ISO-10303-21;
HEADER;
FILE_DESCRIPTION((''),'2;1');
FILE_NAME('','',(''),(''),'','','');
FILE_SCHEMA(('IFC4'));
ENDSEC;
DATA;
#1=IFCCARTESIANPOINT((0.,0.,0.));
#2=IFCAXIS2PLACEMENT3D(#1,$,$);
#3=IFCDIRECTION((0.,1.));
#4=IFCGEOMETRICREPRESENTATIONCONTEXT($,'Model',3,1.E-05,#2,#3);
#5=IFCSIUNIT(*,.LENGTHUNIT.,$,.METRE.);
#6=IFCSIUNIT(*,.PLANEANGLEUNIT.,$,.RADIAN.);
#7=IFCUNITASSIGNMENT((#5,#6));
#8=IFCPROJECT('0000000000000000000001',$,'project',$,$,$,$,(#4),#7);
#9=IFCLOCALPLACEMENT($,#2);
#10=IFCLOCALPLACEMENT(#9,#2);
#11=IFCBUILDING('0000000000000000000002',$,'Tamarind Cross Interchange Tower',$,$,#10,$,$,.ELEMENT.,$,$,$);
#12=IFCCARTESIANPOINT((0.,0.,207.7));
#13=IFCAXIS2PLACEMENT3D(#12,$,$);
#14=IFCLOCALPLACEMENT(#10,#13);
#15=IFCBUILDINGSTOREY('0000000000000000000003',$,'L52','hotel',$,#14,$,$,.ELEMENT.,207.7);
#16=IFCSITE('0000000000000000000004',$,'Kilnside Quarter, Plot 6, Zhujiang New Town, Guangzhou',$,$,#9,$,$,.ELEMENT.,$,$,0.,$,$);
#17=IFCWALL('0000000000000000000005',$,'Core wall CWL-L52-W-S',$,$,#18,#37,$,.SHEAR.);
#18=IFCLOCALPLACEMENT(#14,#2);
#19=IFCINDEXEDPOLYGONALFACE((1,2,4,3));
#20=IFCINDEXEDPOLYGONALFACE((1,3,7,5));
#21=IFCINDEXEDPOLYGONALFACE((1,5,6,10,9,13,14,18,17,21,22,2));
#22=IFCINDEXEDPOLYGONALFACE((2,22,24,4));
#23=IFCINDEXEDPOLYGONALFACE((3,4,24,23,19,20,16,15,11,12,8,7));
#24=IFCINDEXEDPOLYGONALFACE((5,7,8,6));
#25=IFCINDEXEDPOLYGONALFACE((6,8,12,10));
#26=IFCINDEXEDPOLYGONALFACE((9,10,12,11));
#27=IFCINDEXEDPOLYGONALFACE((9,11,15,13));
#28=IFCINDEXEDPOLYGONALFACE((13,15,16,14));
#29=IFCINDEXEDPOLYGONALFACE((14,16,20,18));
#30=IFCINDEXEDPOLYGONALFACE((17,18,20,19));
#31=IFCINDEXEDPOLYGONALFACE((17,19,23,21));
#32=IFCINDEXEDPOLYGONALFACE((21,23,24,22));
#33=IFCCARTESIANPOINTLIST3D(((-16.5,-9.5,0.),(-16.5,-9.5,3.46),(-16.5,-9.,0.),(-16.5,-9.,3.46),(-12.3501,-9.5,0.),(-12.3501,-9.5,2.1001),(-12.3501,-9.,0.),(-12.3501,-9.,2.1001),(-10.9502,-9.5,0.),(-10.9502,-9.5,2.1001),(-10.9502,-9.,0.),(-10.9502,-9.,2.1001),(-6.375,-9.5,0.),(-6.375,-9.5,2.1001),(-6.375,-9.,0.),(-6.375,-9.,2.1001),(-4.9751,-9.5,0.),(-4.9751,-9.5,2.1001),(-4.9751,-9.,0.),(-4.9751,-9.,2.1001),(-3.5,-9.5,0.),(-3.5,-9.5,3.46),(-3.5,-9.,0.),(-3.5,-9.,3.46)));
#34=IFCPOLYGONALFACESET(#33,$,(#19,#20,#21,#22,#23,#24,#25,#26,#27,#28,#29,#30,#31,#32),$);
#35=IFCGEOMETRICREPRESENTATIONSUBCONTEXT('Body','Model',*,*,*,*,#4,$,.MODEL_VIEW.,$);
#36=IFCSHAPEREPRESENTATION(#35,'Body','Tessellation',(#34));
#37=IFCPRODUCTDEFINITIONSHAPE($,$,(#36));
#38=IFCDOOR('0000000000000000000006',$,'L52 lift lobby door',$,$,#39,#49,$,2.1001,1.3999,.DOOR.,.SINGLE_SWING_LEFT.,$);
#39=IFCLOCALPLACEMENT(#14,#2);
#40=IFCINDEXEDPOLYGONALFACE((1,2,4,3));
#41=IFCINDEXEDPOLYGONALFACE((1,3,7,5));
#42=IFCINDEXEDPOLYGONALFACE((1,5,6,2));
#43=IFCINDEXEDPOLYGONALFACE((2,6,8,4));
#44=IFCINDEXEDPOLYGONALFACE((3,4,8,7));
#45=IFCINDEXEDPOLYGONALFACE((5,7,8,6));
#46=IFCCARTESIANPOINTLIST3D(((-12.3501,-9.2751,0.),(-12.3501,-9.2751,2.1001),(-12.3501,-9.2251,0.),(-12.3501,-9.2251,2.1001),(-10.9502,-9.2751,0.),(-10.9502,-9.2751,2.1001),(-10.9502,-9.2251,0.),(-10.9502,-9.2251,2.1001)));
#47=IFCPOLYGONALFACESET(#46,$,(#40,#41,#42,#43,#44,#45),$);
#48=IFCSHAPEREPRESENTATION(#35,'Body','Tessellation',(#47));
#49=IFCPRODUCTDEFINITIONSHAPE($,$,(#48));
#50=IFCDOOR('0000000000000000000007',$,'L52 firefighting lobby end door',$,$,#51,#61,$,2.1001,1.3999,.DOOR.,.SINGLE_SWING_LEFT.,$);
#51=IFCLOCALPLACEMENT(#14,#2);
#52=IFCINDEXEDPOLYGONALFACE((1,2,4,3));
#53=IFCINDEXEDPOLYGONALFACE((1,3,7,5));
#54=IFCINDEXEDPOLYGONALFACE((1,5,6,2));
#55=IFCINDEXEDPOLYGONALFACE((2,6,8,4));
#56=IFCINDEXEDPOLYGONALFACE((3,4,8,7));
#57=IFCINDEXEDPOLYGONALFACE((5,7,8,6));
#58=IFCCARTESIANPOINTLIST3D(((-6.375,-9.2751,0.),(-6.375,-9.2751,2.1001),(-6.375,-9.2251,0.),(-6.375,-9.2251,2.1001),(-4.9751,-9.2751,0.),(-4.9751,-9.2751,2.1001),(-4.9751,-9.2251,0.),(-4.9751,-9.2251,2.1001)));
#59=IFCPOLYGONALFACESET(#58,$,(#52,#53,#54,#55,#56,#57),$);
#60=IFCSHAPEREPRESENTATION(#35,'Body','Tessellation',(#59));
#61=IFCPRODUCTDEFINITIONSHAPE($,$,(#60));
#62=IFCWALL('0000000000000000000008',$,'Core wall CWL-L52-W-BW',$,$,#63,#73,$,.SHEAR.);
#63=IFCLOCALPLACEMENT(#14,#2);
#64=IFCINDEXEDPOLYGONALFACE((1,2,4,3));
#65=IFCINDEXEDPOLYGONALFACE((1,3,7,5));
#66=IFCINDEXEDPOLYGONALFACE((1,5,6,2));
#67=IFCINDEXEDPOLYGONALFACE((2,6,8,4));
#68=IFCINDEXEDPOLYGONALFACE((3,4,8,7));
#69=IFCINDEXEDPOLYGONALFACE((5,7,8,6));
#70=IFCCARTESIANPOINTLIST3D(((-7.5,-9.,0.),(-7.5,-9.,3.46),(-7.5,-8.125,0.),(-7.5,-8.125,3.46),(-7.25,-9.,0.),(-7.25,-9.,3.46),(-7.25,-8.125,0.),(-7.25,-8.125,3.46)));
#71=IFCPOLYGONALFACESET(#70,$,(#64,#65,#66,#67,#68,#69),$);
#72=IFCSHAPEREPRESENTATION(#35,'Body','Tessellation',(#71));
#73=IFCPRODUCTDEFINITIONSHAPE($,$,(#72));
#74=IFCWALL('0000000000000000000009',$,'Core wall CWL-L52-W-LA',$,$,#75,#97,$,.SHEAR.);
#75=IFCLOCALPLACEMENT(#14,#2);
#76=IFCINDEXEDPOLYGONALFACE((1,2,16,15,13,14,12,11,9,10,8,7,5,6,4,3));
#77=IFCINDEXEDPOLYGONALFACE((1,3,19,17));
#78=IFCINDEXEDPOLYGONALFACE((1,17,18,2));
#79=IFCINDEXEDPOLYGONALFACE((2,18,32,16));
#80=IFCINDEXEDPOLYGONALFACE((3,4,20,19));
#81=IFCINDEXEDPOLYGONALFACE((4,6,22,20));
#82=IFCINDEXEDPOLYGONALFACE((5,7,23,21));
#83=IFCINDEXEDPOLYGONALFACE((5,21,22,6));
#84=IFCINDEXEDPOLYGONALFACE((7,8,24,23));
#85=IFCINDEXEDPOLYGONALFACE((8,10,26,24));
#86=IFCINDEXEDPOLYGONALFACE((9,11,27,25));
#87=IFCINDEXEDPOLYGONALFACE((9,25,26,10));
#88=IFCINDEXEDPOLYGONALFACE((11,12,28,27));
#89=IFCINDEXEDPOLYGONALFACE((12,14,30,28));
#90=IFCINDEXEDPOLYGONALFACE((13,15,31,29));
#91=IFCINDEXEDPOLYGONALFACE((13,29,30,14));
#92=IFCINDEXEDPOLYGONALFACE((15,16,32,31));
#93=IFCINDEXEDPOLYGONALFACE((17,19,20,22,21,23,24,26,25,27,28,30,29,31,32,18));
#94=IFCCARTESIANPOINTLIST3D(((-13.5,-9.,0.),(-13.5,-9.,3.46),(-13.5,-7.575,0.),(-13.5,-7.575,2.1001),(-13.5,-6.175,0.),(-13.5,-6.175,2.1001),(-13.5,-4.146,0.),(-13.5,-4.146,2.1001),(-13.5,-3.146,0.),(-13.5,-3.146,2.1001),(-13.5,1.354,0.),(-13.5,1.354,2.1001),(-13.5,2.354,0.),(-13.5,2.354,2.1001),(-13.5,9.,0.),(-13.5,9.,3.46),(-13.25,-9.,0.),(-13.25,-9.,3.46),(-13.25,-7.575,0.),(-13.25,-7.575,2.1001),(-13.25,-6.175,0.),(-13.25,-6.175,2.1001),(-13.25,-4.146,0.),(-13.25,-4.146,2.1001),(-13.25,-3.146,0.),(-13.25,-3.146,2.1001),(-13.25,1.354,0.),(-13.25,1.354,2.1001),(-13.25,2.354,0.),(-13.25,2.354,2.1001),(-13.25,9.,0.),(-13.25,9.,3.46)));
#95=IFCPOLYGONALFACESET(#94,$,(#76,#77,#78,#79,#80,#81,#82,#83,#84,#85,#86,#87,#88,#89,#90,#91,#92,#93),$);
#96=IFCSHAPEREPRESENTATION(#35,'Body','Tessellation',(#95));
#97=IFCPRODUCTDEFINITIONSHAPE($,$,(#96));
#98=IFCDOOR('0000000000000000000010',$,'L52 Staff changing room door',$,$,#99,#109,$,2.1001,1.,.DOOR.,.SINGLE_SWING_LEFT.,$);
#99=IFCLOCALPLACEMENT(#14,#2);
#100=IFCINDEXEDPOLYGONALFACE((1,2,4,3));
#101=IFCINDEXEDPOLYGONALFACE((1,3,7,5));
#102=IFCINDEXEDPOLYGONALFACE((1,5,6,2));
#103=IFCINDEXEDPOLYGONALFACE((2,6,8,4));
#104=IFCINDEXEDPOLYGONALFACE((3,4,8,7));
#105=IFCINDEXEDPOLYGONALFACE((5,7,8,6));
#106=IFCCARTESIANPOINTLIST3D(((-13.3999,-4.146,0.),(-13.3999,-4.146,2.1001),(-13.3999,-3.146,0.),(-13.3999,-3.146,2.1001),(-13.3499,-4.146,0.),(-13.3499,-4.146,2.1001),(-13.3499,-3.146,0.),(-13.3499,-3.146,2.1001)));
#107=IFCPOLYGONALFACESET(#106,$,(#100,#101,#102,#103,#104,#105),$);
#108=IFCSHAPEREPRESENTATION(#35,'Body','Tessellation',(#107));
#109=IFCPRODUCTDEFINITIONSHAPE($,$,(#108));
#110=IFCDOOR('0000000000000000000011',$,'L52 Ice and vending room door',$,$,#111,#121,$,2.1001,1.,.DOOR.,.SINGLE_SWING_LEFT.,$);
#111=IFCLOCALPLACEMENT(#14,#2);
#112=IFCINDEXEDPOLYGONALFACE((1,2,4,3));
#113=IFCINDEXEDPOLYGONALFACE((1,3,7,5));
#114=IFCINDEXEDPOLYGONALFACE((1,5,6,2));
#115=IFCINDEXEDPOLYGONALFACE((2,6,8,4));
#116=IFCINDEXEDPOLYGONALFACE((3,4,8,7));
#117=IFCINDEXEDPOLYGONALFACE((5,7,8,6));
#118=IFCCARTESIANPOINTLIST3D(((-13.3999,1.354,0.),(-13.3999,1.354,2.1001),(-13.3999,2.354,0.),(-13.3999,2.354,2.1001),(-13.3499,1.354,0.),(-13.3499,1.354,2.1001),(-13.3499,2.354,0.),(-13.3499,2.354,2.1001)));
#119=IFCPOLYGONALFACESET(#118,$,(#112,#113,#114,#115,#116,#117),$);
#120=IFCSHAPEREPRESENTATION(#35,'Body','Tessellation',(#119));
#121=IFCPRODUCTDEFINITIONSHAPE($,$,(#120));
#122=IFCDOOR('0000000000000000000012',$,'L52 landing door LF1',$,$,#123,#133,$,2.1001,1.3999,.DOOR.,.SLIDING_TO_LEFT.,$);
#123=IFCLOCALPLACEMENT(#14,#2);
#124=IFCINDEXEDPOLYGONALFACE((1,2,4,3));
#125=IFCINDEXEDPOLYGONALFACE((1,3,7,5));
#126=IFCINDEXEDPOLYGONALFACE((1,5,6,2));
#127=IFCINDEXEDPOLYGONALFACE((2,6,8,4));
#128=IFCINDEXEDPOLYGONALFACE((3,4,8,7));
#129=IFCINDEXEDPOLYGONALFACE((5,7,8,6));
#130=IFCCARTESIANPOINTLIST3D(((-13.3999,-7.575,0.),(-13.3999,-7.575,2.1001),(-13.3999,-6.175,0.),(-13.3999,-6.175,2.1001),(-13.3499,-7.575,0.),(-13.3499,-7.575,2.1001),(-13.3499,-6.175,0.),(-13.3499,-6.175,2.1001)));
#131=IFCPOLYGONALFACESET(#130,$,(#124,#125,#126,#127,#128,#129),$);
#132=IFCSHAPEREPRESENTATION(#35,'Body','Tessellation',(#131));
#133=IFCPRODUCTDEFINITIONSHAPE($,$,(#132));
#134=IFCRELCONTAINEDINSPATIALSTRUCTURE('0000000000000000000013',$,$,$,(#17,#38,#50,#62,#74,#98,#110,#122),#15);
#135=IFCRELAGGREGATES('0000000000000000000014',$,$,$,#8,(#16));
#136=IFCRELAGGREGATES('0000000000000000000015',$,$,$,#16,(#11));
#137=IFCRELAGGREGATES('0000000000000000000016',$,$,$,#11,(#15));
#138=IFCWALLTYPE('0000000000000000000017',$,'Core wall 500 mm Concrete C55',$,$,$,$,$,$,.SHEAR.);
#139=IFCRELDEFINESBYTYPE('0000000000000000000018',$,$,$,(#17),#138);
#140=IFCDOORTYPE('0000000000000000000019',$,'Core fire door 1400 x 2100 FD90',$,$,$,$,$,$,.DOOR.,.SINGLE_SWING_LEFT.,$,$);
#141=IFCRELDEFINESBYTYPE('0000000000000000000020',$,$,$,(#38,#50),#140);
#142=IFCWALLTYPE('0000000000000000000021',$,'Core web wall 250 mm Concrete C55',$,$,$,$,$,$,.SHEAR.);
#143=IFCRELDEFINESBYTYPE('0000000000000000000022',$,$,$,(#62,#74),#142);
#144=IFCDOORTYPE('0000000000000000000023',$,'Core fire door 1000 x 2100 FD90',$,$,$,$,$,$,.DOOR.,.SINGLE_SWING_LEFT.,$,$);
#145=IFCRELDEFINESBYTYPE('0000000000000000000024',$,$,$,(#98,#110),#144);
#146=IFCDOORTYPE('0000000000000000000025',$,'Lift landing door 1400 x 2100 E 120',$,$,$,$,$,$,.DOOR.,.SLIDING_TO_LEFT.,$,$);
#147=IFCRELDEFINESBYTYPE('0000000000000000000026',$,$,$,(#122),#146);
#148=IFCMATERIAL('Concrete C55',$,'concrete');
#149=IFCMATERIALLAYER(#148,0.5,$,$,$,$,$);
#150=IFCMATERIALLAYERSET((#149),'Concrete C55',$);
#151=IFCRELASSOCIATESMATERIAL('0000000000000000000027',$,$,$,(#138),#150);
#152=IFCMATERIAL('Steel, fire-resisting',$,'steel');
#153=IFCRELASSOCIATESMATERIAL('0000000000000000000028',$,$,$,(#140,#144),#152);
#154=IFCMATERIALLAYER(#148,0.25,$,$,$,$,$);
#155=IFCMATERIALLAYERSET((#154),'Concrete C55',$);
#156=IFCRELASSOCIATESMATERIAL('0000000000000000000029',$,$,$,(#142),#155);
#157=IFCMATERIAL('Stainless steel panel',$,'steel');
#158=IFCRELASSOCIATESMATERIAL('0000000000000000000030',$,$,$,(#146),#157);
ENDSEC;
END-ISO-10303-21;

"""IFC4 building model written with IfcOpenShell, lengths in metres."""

from ifc_helpers import new_model, si_unit, direction, frame, frame_2d, origin, place, context, subcontext, project, spatial, rectangle, extrude, material, layer, layer_set, type_object, element, fill, save


model = new_model("IFC4")

# Units and contexts
model_context = context("Model", 3, precision=1e-05, world=origin(), true_north=direction((0.0, 1.0)))
body_context = subcontext(model_context, "Body", "Model", "MODEL_VIEW")
ifc_project = project(units=[si_unit("LENGTHUNIT", "METRE"), si_unit("PLANEANGLEUNIT", "RADIAN")], contexts=[model_context])

# Site, building, storey
site_placement = place(None, origin())
site = spatial("IfcSite", under=ifc_project, at=site_placement, Name="Kilnside Quarter, Plot 6, Zhujiang New Town, Guangzhou", CompositionType="ELEMENT", RefElevation=0.0)
building_placement = place(site_placement, origin())
building = spatial("IfcBuilding", under=site, at=building_placement, Name="Tamarind Cross Interchange Tower", CompositionType="ELEMENT")
storey_placement = place(building_placement, frame((0.0, 0.0, 207.7)))
storey = spatial("IfcBuildingStorey", under=building, at=storey_placement, Name="L52", Description="hotel", CompositionType="ELEMENT", Elevation=207.7)

# Wall, openings, doors
ifc_material_1 = material(Name="Concrete C55", Category="concrete")
ifc_layer_1 = layer(ifc_material_1, 0.5)
ifc_layer_set_1 = layer_set([ifc_layer_1], Name="Concrete C55")
wall_type_1 = type_object("IfcWallType", Name="Core wall 500 mm Concrete C55", PredefinedType="SHEAR", material=ifc_layer_set_1)
wall_1_placement = place(storey_placement, frame((-16.5, -9.25, 0.0), z_axis=(0.0, 0.0, 1.0), x_axis=(1.0, 0.0, 0.0)))
wall_1 = element("IfcWall", 1, at=wall_1_placement, inside=storey, type_object=wall_type_1, Name="Core wall CWL-L52-W-S", PredefinedType="SHEAR", context=body_context, shape_type="SweptSolid", body=[
    extrude(rectangle(XDim=13.0, YDim=0.5, at=frame_2d((6.5, 0.0))), origin(), (0.0, 0.0, 1.0), 3.46),
])
opening_1_placement = place(wall_1_placement, frame((4.1499, 0.0, 0.0)))
opening_1 = element("IfcOpeningElement", 2, at=opening_1_placement, cuts=wall_1, PredefinedType="OPENING", context=body_context, shape_type="SweptSolid", body=[
    extrude(rectangle(XDim=1.3999, YDim=2.1001, at=frame_2d((0.7, 1.05))), frame((0.0, 0.26, 0.0), z_axis=(0.0, -1.0, 0.0), x_axis=(1.0, 0.0, 0.0)), (0.0, 0.0, 1.0), 0.52),
])
opening_2_placement = place(wall_1_placement, frame((10.125, 0.0, 0.0)))
opening_2 = element("IfcOpeningElement", 3, at=opening_2_placement, cuts=wall_1, PredefinedType="OPENING", context=body_context, shape_type="SweptSolid", body=[
    extrude(rectangle(XDim=1.3999, YDim=2.1001, at=frame_2d((0.7, 1.05))), frame((0.0, 0.26, 0.0), z_axis=(0.0, -1.0, 0.0), x_axis=(1.0, 0.0, 0.0)), (0.0, 0.0, 1.0), 0.52),
])
ifc_material_2 = material(Name="Steel, fire-resisting", Category="steel")
door_type_1 = type_object("IfcDoorType", Name="Core fire door 1400 x 2100 FD90", OperationType="SINGLE_SWING_LEFT", PredefinedType="DOOR", material=ifc_material_2)
door_1_placement = place(opening_1_placement, origin())
door_1 = element("IfcDoor", 4, at=door_1_placement, inside=storey, type_object=door_type_1, Name="L52 lift lobby door", OperationType="SINGLE_SWING_LEFT", OverallHeight=2.1001, OverallWidth=1.3999, PredefinedType="DOOR", context=body_context, shape_type="SweptSolid", body=[
    extrude(rectangle(XDim=1.3999, YDim=2.1001, at=frame_2d((0.7, 1.05))), frame((0.0, 0.0249, 0.0), z_axis=(0.0, -1.0, 0.0), x_axis=(1.0, 0.0, 0.0)), (0.0, 0.0, 1.0), 0.05),
])
fill(opening_1, door_1)
door_2_placement = place(opening_2_placement, origin())
door_2 = element("IfcDoor", 5, at=door_2_placement, inside=storey, type_object=door_type_1, Name="L52 firefighting lobby end door", OperationType="SINGLE_SWING_LEFT", OverallHeight=2.1001, OverallWidth=1.3999, PredefinedType="DOOR", context=body_context, shape_type="SweptSolid", body=[
    extrude(rectangle(XDim=1.3999, YDim=2.1001, at=frame_2d((0.7, 1.05))), frame((0.0, 0.0249, 0.0), z_axis=(0.0, -1.0, 0.0), x_axis=(1.0, 0.0, 0.0)), (0.0, 0.0, 1.0), 0.05),
])
fill(opening_2, door_2)

# Wall
ifc_layer_2 = layer(ifc_material_1, 0.25)
ifc_layer_set_2 = layer_set([ifc_layer_2], Name="Concrete C55")
wall_type_2 = type_object("IfcWallType", Name="Core web wall 250 mm Concrete C55", PredefinedType="SHEAR", material=ifc_layer_set_2)
wall_2_placement = place(storey_placement, frame((-7.375, -9.0, 0.0), z_axis=(0.0, 0.0, 1.0), x_axis=(0.0, 1.0, 0.0)))
element("IfcWall", 6, at=wall_2_placement, inside=storey, type_object=wall_type_2, Name="Core wall CWL-L52-W-BW", PredefinedType="SHEAR", context=body_context, shape_type="SweptSolid", body=[
    extrude(rectangle(XDim=0.875, YDim=0.25, at=frame_2d((0.4375, 0.0))), origin(), (0.0, 0.0, 1.0), 3.46),
])

# Wall, openings, doors
wall_3_placement = place(storey_placement, frame((-13.375, -9.0, 0.0), z_axis=(0.0, 0.0, 1.0), x_axis=(0.0, 1.0, 0.0)))
wall_3 = element("IfcWall", 7, at=wall_3_placement, inside=storey, type_object=wall_type_2, Name="Core wall CWL-L52-W-LA", PredefinedType="SHEAR", context=body_context, shape_type="SweptSolid", body=[
    extrude(rectangle(XDim=18.0, YDim=0.25, at=frame_2d((9.0, 0.0))), origin(), (0.0, 0.0, 1.0), 3.46),
])
opening_3_placement = place(wall_3_placement, frame((1.425, 0.0, 0.0)))
opening_3 = element("IfcOpeningElement", 8, at=opening_3_placement, cuts=wall_3, PredefinedType="OPENING", context=body_context, shape_type="SweptSolid", body=[
    extrude(rectangle(XDim=1.3999, YDim=2.1001, at=frame_2d((0.7, 1.05))), frame((0.0, 0.135, 0.0), z_axis=(0.0, -1.0, 0.0), x_axis=(1.0, 0.0, 0.0)), (0.0, 0.0, 1.0), 0.27),
])
opening_4_placement = place(wall_3_placement, frame((4.854, 0.0, 0.0)))
opening_4 = element("IfcOpeningElement", 9, at=opening_4_placement, cuts=wall_3, PredefinedType="OPENING", context=body_context, shape_type="SweptSolid", body=[
    extrude(rectangle(XDim=1.0, YDim=2.1001, at=frame_2d((0.5, 1.05))), frame((0.0, 0.135, 0.0), z_axis=(0.0, -1.0, 0.0), x_axis=(1.0, 0.0, 0.0)), (0.0, 0.0, 1.0), 0.27),
])
opening_5_placement = place(wall_3_placement, frame((10.354, 0.0, 0.0)))
opening_5 = element("IfcOpeningElement", 10, at=opening_5_placement, cuts=wall_3, PredefinedType="OPENING", context=body_context, shape_type="SweptSolid", body=[
    extrude(rectangle(XDim=1.0, YDim=2.1001, at=frame_2d((0.5, 1.05))), frame((0.0, 0.135, 0.0), z_axis=(0.0, -1.0, 0.0), x_axis=(1.0, 0.0, 0.0)), (0.0, 0.0, 1.0), 0.27),
])
door_type_2 = type_object("IfcDoorType", Name="Core fire door 1000 x 2100 FD90", OperationType="SINGLE_SWING_LEFT", PredefinedType="DOOR", material=ifc_material_2)
door_3_placement = place(opening_4_placement, origin())
door_3 = element("IfcDoor", 11, at=door_3_placement, inside=storey, type_object=door_type_2, Name="L52 Staff changing room door", OperationType="SINGLE_SWING_LEFT", OverallHeight=2.1001, OverallWidth=1.0, PredefinedType="DOOR", context=body_context, shape_type="SweptSolid", body=[
    extrude(rectangle(XDim=1.0, YDim=2.1001, at=frame_2d((0.5, 1.05))), frame((0.0, 0.0249, 0.0), z_axis=(0.0, -1.0, 0.0), x_axis=(1.0, 0.0, 0.0)), (0.0, 0.0, 1.0), 0.05),
])
fill(opening_4, door_3)
door_4_placement = place(opening_5_placement, origin())
door_4 = element("IfcDoor", 12, at=door_4_placement, inside=storey, type_object=door_type_2, Name="L52 Ice and vending room door", OperationType="SINGLE_SWING_LEFT", OverallHeight=2.1001, OverallWidth=1.0, PredefinedType="DOOR", context=body_context, shape_type="SweptSolid", body=[
    extrude(rectangle(XDim=1.0, YDim=2.1001, at=frame_2d((0.5, 1.05))), frame((0.0, 0.0249, 0.0), z_axis=(0.0, -1.0, 0.0), x_axis=(1.0, 0.0, 0.0)), (0.0, 0.0, 1.0), 0.05),
])
fill(opening_5, door_4)
ifc_material_3 = material(Name="Stainless steel panel", Category="steel")
door_type_3 = type_object("IfcDoorType", Name="Lift landing door 1400 x 2100 E 120", OperationType="SLIDING_TO_LEFT", PredefinedType="DOOR", material=ifc_material_3)
door_5_placement = place(opening_3_placement, origin())
door_5 = element("IfcDoor", 13, at=door_5_placement, inside=storey, type_object=door_type_3, Name="L52 landing door LF1", OperationType="SLIDING_TO_LEFT", OverallHeight=2.1001, OverallWidth=1.3999, PredefinedType="DOOR", context=body_context, shape_type="SweptSolid", body=[
    extrude(rectangle(XDim=1.3999, YDim=2.1001, at=frame_2d((0.7, 1.05))), frame((0.0, 0.0249, 0.0), z_axis=(0.0, -1.0, 0.0), x_axis=(1.0, 0.0, 0.0)), (0.0, 0.0, 1.0), 0.05),
])
fill(opening_3, door_5)

save(model, "model.ifc")
